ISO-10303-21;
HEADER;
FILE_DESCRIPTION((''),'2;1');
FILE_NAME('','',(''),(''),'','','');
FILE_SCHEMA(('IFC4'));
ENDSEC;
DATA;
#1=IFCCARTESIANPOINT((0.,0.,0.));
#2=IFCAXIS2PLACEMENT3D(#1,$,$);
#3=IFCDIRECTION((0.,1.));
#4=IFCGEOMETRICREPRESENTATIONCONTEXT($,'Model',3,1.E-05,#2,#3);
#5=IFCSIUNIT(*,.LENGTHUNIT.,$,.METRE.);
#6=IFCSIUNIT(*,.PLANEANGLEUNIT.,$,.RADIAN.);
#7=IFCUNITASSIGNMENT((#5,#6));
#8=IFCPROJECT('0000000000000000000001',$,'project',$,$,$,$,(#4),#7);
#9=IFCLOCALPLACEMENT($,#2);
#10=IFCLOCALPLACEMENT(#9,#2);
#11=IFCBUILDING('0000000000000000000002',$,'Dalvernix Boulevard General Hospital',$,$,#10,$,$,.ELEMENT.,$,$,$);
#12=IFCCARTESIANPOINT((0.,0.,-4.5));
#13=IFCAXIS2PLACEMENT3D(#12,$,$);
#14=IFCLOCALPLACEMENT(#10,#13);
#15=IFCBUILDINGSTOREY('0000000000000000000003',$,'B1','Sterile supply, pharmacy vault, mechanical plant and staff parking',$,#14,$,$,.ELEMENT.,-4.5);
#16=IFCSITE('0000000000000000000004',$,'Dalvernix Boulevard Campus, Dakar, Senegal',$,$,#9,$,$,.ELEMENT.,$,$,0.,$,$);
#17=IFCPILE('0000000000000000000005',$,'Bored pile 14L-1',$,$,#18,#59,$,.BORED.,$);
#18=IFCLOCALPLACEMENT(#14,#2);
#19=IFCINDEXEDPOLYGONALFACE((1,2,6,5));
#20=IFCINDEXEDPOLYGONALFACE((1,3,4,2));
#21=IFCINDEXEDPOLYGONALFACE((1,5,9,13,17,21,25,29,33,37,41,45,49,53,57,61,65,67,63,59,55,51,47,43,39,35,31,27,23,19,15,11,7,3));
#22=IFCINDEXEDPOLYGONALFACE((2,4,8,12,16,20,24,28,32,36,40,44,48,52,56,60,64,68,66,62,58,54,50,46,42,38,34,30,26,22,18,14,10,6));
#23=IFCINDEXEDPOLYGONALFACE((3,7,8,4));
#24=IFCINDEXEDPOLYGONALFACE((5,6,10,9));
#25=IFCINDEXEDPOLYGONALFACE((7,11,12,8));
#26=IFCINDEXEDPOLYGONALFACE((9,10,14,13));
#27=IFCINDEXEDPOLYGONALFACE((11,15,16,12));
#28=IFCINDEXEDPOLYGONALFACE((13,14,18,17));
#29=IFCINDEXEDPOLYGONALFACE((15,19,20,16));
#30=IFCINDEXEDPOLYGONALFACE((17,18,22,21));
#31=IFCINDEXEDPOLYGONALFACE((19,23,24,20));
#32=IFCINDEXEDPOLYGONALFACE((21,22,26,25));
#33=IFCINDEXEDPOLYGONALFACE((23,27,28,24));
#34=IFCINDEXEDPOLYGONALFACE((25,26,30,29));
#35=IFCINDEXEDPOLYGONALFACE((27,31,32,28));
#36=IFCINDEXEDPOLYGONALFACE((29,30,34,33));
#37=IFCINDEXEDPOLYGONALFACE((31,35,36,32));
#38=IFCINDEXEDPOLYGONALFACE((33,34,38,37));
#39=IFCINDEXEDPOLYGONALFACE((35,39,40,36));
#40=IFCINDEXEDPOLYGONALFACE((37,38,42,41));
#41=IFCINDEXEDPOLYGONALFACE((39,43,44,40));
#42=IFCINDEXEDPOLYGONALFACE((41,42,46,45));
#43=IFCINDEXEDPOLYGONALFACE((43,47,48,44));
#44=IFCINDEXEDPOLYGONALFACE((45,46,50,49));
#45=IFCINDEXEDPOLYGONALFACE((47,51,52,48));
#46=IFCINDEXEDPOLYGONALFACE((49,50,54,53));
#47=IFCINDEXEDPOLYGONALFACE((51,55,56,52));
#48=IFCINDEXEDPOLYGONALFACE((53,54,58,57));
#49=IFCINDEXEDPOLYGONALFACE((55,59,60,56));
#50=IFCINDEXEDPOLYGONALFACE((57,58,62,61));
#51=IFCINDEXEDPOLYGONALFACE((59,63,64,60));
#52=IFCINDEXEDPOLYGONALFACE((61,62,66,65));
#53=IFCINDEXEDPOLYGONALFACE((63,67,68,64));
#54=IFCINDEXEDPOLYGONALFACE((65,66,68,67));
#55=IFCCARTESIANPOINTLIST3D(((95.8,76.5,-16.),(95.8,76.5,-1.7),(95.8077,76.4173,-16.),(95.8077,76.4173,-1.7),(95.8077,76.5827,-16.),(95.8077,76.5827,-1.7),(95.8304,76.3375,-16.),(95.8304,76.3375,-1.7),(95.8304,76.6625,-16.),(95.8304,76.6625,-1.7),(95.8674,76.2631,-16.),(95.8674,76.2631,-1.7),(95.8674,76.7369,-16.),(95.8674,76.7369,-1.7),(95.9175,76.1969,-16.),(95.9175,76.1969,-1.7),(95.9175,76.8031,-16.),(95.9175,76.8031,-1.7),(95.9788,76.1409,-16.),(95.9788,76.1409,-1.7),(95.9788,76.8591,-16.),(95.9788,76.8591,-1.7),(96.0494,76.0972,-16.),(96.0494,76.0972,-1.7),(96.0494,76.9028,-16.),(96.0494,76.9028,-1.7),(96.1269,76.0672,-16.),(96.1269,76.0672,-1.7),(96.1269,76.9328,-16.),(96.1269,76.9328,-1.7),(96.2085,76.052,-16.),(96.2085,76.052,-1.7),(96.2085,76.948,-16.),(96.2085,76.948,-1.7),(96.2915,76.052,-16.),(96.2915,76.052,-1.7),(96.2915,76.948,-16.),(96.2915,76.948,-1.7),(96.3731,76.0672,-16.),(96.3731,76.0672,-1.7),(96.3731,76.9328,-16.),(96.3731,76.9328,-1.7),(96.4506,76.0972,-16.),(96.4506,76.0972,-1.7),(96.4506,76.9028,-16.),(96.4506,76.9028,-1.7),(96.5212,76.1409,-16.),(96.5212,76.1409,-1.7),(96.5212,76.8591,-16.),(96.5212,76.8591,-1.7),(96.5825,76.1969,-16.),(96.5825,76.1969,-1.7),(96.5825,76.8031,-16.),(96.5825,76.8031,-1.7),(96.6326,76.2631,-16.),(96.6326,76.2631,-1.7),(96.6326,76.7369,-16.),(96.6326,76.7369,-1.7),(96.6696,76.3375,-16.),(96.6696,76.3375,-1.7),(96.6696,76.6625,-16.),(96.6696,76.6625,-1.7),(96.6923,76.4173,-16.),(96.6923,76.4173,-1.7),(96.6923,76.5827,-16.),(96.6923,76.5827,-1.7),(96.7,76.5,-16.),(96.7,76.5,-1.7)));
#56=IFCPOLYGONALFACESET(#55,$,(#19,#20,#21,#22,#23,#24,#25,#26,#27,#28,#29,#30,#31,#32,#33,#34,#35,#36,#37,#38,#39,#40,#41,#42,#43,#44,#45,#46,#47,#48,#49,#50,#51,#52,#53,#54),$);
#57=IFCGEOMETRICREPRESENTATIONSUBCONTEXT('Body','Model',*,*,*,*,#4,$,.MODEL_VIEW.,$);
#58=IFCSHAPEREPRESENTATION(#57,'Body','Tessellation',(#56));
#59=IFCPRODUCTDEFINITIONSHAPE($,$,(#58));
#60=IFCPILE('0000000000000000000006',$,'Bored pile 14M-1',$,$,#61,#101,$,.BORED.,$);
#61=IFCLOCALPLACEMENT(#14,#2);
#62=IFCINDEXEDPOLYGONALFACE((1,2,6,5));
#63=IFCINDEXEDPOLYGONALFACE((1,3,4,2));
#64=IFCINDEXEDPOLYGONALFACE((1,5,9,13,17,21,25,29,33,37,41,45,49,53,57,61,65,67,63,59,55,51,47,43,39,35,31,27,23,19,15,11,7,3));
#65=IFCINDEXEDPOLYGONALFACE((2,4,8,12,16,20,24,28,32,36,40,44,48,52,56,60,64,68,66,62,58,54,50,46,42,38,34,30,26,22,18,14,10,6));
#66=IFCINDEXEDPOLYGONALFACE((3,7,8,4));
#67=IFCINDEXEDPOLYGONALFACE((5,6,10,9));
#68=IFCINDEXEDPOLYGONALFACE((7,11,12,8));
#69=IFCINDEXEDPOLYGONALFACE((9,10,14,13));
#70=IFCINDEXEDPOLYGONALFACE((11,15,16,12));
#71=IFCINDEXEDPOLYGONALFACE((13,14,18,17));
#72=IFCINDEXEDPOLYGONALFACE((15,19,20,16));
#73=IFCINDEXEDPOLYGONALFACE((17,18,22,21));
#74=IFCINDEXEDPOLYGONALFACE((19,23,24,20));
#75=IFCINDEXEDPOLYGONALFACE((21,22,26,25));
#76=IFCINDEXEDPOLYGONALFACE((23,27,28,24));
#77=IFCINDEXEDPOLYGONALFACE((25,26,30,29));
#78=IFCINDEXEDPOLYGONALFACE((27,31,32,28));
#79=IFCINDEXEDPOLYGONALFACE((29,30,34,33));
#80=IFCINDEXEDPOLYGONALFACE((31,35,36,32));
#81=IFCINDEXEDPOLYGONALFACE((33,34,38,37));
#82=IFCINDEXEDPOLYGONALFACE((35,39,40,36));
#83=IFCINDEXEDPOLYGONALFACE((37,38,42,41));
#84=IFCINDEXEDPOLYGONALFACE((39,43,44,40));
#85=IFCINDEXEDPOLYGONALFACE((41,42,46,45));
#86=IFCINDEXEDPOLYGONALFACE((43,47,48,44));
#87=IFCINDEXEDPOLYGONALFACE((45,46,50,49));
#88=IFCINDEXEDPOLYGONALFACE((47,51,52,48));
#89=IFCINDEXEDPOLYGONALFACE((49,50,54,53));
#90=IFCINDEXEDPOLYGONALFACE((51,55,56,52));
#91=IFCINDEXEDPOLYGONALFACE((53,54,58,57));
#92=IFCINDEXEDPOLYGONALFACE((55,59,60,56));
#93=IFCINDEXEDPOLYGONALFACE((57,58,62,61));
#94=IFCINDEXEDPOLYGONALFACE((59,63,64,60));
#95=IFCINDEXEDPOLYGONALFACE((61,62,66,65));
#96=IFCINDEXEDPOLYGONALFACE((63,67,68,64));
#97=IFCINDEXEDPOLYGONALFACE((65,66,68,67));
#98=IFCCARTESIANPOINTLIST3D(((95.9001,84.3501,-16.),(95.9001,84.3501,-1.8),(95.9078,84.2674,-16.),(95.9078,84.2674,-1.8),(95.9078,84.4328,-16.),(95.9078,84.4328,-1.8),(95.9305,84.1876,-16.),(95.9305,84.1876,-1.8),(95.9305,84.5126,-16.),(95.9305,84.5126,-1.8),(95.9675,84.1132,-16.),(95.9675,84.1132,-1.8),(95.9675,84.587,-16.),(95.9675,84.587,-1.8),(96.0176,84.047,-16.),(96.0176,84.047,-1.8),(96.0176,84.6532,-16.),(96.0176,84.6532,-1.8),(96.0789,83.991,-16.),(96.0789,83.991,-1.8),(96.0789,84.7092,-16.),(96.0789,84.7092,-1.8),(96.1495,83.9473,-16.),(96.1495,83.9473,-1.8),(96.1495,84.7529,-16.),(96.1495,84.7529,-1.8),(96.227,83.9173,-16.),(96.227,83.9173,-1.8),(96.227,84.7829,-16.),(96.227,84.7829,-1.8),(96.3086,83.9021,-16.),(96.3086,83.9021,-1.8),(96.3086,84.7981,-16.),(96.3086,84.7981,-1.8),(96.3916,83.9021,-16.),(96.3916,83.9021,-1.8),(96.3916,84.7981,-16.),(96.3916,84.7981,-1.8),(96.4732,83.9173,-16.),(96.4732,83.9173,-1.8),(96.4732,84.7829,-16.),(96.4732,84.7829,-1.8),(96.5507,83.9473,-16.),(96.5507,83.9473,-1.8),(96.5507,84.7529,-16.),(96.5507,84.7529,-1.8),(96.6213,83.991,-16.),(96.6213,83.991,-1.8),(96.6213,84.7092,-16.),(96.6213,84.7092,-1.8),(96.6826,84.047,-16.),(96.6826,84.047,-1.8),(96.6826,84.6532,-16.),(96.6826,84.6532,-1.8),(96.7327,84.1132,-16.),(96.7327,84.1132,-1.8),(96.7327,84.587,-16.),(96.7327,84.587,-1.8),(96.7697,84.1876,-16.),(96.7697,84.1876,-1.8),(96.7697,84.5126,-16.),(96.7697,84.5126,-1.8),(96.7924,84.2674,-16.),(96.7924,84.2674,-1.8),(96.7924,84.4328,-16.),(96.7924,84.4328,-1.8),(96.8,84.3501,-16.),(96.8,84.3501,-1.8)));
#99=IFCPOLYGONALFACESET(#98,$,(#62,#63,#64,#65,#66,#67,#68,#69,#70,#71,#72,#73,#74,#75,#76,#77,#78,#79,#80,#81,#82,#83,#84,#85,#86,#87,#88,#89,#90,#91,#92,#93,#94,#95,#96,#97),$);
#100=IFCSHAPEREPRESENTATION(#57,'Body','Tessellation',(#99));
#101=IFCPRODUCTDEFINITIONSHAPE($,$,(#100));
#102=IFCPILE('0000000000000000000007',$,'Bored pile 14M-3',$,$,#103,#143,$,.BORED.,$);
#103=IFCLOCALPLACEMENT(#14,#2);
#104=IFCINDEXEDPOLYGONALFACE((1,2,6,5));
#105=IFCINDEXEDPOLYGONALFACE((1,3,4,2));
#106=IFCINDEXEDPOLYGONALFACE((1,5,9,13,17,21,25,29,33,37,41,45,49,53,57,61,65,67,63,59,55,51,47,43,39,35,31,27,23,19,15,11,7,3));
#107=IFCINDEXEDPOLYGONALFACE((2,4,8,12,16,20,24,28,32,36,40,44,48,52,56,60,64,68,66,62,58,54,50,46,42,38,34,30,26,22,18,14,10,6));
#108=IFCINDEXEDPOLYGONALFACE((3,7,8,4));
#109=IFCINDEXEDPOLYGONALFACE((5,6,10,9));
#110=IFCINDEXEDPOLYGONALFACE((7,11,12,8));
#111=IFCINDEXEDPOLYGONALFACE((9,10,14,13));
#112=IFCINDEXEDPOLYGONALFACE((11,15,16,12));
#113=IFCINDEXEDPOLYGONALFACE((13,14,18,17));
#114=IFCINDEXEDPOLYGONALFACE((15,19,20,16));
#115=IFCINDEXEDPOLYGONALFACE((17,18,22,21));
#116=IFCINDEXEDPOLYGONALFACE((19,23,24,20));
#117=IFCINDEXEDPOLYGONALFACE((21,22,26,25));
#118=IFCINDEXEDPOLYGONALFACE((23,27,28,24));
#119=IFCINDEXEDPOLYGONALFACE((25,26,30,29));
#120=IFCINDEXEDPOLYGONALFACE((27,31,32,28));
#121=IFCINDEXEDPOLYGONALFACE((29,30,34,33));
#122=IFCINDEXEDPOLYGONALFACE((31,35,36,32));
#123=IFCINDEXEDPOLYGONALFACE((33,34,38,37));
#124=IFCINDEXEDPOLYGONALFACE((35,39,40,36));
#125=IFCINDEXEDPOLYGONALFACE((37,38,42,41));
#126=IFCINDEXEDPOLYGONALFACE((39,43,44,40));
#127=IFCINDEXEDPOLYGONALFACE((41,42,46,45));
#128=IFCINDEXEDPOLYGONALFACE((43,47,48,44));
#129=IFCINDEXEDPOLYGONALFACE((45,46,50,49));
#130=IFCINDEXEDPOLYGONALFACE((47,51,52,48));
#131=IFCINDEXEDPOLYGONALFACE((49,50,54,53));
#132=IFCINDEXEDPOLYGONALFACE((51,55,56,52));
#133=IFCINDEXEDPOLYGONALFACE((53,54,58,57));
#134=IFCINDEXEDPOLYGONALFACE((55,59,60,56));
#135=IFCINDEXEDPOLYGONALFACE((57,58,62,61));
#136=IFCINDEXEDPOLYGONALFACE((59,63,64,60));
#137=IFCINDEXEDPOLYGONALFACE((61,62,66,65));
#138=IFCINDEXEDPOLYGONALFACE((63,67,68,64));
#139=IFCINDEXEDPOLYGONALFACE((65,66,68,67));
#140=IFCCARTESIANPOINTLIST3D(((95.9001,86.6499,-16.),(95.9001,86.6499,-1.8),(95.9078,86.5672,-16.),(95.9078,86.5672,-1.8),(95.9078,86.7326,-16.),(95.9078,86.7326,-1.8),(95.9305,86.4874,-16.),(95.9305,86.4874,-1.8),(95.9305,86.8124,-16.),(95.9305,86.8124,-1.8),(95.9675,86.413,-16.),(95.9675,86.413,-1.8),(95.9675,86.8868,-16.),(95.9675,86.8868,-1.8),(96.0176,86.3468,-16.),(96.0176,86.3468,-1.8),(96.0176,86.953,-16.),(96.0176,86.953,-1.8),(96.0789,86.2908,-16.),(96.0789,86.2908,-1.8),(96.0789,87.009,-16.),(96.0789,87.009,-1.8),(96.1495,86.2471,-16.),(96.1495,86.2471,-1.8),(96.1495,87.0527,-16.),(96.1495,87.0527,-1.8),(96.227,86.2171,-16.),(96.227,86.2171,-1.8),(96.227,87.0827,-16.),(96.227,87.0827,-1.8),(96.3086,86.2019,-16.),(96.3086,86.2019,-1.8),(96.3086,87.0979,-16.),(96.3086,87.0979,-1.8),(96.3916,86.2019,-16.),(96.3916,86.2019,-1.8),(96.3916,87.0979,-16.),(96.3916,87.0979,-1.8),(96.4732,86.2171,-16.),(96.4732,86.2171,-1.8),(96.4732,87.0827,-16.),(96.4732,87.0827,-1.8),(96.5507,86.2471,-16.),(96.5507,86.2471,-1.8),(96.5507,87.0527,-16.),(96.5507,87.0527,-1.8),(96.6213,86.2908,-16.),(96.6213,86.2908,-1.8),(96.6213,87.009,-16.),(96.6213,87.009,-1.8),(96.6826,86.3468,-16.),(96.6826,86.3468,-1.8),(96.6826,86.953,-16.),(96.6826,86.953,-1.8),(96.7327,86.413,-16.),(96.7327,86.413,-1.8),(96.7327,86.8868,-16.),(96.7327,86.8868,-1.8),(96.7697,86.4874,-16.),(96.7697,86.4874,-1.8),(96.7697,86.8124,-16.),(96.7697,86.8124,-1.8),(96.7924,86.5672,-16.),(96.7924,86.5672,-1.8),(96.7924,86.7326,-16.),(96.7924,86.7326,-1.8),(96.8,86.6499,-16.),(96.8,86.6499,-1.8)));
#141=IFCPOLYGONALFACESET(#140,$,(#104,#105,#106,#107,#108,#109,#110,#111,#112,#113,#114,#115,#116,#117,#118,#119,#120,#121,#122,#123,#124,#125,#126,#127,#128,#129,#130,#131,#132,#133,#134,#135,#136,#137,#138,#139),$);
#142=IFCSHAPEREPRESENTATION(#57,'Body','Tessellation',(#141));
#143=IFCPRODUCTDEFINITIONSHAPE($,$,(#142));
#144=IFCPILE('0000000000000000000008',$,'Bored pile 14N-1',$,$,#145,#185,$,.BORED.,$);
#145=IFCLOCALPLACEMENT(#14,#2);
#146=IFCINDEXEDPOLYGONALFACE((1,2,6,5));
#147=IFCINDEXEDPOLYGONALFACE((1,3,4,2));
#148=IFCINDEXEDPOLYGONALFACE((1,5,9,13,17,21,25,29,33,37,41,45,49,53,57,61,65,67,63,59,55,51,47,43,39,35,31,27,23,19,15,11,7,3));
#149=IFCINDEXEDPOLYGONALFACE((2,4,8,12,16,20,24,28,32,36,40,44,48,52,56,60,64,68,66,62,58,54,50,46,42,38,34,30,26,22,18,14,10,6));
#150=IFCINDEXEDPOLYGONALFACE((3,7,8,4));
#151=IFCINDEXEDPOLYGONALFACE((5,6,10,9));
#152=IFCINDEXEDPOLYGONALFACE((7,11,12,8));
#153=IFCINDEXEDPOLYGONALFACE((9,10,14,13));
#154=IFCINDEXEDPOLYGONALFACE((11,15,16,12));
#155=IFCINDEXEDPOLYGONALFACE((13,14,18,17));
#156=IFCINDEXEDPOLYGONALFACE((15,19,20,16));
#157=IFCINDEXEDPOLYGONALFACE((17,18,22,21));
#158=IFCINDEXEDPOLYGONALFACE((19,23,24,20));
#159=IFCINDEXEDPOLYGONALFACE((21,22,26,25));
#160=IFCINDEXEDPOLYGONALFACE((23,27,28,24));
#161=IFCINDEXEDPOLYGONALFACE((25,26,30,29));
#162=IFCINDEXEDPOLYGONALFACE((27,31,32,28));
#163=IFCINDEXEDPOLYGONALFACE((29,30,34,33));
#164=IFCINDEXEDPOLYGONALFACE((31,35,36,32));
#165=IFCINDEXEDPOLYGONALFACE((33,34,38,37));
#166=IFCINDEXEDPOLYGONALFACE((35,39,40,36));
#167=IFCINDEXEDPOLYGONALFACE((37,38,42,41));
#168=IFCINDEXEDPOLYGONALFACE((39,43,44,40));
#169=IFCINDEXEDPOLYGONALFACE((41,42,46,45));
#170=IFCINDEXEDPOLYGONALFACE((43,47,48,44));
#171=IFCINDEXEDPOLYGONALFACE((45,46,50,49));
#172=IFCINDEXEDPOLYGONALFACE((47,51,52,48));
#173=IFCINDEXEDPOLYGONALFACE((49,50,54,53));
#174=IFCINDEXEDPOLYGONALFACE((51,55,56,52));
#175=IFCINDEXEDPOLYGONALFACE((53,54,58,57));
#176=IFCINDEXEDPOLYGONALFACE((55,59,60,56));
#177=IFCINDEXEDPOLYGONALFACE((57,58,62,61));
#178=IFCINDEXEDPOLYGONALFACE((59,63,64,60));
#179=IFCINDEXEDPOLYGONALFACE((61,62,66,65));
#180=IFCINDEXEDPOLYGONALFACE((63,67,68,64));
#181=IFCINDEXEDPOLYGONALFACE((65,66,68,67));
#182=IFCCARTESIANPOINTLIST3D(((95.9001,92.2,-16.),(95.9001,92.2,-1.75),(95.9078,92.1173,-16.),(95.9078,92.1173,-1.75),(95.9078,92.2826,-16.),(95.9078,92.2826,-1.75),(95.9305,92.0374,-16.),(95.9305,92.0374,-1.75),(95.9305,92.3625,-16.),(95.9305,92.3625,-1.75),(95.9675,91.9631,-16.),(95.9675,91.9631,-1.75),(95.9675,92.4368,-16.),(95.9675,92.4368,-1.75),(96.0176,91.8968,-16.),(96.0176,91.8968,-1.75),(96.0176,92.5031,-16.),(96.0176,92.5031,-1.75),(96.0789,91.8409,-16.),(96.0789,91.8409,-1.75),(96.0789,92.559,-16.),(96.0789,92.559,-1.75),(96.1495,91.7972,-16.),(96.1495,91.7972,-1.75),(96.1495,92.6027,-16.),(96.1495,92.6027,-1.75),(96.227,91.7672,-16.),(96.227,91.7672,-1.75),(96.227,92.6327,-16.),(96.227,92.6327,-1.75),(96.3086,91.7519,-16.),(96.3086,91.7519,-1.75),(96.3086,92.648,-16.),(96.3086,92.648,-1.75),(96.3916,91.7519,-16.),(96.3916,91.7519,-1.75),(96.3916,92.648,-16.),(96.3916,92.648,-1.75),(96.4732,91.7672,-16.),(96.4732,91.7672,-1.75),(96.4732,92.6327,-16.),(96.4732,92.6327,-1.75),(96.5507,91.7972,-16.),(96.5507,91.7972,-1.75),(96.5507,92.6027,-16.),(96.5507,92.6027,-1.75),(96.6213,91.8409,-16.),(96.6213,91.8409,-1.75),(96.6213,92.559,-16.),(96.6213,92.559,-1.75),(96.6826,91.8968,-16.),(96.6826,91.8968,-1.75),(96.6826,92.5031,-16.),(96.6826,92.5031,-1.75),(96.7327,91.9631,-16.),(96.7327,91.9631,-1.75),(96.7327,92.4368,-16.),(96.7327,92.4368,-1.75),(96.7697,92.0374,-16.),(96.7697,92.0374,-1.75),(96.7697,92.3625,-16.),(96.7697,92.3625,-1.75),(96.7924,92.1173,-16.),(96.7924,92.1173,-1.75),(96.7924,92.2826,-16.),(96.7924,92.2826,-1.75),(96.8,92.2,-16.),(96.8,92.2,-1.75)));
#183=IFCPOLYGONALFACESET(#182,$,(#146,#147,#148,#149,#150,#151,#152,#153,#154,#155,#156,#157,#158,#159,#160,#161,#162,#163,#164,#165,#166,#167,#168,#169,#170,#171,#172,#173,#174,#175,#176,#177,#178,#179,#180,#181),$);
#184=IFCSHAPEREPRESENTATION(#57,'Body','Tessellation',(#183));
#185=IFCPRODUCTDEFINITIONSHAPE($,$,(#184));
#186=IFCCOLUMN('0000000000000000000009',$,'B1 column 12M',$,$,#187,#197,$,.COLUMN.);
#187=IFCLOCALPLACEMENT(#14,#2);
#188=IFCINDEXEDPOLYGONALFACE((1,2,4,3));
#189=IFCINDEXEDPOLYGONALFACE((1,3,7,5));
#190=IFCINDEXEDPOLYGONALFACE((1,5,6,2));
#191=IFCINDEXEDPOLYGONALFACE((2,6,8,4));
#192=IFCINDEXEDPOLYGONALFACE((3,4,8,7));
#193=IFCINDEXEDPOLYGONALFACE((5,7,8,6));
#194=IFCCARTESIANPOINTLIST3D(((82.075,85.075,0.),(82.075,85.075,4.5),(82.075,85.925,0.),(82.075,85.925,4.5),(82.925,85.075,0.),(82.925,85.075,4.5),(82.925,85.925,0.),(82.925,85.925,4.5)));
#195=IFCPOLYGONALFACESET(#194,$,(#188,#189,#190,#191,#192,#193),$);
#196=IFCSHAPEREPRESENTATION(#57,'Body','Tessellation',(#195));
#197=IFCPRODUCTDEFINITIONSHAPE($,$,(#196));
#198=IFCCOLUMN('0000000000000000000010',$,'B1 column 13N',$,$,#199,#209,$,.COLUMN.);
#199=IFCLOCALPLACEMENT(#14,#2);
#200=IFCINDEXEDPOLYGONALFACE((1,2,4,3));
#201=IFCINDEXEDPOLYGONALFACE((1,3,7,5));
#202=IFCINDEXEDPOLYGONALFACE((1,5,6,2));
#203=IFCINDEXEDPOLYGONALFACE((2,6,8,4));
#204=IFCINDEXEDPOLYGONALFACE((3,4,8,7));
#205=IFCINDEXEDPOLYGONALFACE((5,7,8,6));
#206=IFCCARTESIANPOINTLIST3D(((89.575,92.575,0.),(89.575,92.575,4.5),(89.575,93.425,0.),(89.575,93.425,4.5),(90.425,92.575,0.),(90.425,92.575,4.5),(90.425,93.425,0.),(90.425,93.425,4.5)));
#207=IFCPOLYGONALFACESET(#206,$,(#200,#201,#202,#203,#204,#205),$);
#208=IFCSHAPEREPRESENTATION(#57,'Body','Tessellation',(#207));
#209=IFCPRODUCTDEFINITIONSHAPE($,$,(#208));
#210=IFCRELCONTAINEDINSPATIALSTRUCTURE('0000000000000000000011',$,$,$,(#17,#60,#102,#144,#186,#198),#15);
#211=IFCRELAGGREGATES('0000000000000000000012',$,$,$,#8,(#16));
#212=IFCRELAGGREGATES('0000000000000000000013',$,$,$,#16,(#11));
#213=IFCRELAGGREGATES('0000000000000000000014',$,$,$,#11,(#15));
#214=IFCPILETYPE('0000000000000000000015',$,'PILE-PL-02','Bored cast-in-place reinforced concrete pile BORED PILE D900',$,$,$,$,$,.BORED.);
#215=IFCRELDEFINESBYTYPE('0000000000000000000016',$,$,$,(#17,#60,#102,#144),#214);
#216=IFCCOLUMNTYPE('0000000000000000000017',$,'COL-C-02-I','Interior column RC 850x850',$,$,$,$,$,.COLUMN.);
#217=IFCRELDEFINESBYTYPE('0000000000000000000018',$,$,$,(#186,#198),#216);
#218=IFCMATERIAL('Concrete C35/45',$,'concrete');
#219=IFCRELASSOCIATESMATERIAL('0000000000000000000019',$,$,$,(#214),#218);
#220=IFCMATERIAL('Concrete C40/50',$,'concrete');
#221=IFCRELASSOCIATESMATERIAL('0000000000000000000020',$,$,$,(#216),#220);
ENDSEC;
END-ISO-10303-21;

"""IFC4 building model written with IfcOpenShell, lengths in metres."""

from ifc_helpers import new_model, si_unit, direction, frame, origin, origin_2d, place, context, subcontext, project, spatial, rectangle, circle, extrude, material, material_profile, profile_set, type_object, element, save


model = new_model("IFC4")

# Units and contexts
model_context = context("Model", 3, precision=1e-05, world=origin(), true_north=direction((0.0, 1.0)))
body_context = subcontext(model_context, "Body", "Model", "MODEL_VIEW")
ifc_project = project(units=[si_unit("LENGTHUNIT", "METRE"), si_unit("PLANEANGLEUNIT", "RADIAN")], contexts=[model_context])

# Site, building, storey
site_placement = place(None, origin())
site = spatial("IfcSite", under=ifc_project, at=site_placement, Name="Dalvernix Boulevard Campus, Dakar, Senegal", CompositionType="ELEMENT", RefElevation=0.0)
building_placement = place(site_placement, origin())
building = spatial("IfcBuilding", under=site, at=building_placement, Name="Dalvernix Boulevard General Hospital", CompositionType="ELEMENT")
storey_placement = place(building_placement, frame((0.0, 0.0, -4.5)))
storey = spatial("IfcBuildingStorey", under=building, at=storey_placement, Name="B1", Description="Sterile supply, pharmacy vault, mechanical plant and staff parking", CompositionType="ELEMENT", Elevation=-4.5)

# Shared definitions
ifc_material_1 = material(Name="Concrete C35/45", Category="concrete")
ifc_material_2 = material(Name="Concrete C40/50", Category="concrete")

# Piles
ifc_material_profile_1 = material_profile(ifc_material_1, circle(Radius=0.45, at=origin_2d()), Name="BORED PILE D900")
ifc_profile_set_1 = profile_set([ifc_material_profile_1], Name="Concrete C35/45")
pile_type = type_object("IfcPileType", Name="PILE-PL-02", Description="Bored cast-in-place reinforced concrete pile BORED PILE D900", PredefinedType="BORED", material=ifc_profile_set_1)
pile_1_placement = place(storey_placement, frame((96.25, 76.5, -1.7), z_axis=(0.0, 0.0, -1.0), x_axis=(1.0, 0.0, 0.0)))
element("IfcPile", 1, at=pile_1_placement, inside=storey, type_object=pile_type, Name="Bored pile 14L-1", PredefinedType="BORED", context=body_context, shape_type="SweptSolid", body=[
    extrude(circle(Radius=0.45, at=origin_2d()), origin(), (0.0, 0.0, 1.0), 14.3),
])
for number, where, z_axis, x_axis, name in (
    (2, (96.3501, 84.3501, -1.8), (0.0, 0.0, -1.0), (1.0, 0.0, 0.0), "Bored pile 14M-1"),
    (3, (96.3501, 86.6499, -1.8), (0.0, 0.0, -1.0), (1.0, 0.0, 0.0), "Bored pile 14M-3"),
):
    element("IfcPile", number, at=place(storey_placement, frame(where, z_axis=z_axis, x_axis=x_axis)), inside=storey, type_object=pile_type, Name=name, PredefinedType="BORED", context=body_context, shape_type="SweptSolid", body=[
        extrude(circle(Radius=0.45, at=origin_2d()), origin(), (0.0, 0.0, 1.0), 14.2),
    ])
pile_2_placement = place(storey_placement, frame((96.3501, 92.2, -1.75), z_axis=(0.0, 0.0, -1.0), x_axis=(1.0, 0.0, 0.0)))
element("IfcPile", 4, at=pile_2_placement, inside=storey, type_object=pile_type, Name="Bored pile 14N-1", PredefinedType="BORED", context=body_context, shape_type="SweptSolid", body=[
    extrude(circle(Radius=0.45, at=origin_2d()), origin(), (0.0, 0.0, 1.0), 14.25),
])

# Columns
ifc_material_profile_2 = material_profile(ifc_material_2, rectangle(XDim=0.8501, YDim=0.8501, at=origin_2d()), Name="RC 850x850")
ifc_profile_set_2 = profile_set([ifc_material_profile_2], Name="Concrete C40/50")
column_type_1 = type_object("IfcColumnType", Name="COL-C-02-I", Description="Interior column RC 850x850", PredefinedType="COLUMN", material=ifc_profile_set_2)
for number, where, z_axis, x_axis, name in (
    (5, (82.5, 85.5, 0.0), (0.0, 0.0, 1.0), (1.0, 0.0, 0.0), "B1 column 12M"),
    (6, (90.0, 93.0, 0.0), (0.0, 0.0, 1.0), (1.0, 0.0, 0.0), "B1 column 13N"),
):
    element("IfcColumn", number, at=place(storey_placement, frame(where, z_axis=z_axis, x_axis=x_axis)), inside=storey, type_object=column_type_1, Name=name, PredefinedType="COLUMN", context=body_context, shape_type="SweptSolid", body=[
        extrude(rectangle(XDim=0.8501, YDim=0.8501, at=origin_2d()), origin(), (0.0, 0.0, 1.0), 4.5),
    ])

save(model, "model.ifc")
